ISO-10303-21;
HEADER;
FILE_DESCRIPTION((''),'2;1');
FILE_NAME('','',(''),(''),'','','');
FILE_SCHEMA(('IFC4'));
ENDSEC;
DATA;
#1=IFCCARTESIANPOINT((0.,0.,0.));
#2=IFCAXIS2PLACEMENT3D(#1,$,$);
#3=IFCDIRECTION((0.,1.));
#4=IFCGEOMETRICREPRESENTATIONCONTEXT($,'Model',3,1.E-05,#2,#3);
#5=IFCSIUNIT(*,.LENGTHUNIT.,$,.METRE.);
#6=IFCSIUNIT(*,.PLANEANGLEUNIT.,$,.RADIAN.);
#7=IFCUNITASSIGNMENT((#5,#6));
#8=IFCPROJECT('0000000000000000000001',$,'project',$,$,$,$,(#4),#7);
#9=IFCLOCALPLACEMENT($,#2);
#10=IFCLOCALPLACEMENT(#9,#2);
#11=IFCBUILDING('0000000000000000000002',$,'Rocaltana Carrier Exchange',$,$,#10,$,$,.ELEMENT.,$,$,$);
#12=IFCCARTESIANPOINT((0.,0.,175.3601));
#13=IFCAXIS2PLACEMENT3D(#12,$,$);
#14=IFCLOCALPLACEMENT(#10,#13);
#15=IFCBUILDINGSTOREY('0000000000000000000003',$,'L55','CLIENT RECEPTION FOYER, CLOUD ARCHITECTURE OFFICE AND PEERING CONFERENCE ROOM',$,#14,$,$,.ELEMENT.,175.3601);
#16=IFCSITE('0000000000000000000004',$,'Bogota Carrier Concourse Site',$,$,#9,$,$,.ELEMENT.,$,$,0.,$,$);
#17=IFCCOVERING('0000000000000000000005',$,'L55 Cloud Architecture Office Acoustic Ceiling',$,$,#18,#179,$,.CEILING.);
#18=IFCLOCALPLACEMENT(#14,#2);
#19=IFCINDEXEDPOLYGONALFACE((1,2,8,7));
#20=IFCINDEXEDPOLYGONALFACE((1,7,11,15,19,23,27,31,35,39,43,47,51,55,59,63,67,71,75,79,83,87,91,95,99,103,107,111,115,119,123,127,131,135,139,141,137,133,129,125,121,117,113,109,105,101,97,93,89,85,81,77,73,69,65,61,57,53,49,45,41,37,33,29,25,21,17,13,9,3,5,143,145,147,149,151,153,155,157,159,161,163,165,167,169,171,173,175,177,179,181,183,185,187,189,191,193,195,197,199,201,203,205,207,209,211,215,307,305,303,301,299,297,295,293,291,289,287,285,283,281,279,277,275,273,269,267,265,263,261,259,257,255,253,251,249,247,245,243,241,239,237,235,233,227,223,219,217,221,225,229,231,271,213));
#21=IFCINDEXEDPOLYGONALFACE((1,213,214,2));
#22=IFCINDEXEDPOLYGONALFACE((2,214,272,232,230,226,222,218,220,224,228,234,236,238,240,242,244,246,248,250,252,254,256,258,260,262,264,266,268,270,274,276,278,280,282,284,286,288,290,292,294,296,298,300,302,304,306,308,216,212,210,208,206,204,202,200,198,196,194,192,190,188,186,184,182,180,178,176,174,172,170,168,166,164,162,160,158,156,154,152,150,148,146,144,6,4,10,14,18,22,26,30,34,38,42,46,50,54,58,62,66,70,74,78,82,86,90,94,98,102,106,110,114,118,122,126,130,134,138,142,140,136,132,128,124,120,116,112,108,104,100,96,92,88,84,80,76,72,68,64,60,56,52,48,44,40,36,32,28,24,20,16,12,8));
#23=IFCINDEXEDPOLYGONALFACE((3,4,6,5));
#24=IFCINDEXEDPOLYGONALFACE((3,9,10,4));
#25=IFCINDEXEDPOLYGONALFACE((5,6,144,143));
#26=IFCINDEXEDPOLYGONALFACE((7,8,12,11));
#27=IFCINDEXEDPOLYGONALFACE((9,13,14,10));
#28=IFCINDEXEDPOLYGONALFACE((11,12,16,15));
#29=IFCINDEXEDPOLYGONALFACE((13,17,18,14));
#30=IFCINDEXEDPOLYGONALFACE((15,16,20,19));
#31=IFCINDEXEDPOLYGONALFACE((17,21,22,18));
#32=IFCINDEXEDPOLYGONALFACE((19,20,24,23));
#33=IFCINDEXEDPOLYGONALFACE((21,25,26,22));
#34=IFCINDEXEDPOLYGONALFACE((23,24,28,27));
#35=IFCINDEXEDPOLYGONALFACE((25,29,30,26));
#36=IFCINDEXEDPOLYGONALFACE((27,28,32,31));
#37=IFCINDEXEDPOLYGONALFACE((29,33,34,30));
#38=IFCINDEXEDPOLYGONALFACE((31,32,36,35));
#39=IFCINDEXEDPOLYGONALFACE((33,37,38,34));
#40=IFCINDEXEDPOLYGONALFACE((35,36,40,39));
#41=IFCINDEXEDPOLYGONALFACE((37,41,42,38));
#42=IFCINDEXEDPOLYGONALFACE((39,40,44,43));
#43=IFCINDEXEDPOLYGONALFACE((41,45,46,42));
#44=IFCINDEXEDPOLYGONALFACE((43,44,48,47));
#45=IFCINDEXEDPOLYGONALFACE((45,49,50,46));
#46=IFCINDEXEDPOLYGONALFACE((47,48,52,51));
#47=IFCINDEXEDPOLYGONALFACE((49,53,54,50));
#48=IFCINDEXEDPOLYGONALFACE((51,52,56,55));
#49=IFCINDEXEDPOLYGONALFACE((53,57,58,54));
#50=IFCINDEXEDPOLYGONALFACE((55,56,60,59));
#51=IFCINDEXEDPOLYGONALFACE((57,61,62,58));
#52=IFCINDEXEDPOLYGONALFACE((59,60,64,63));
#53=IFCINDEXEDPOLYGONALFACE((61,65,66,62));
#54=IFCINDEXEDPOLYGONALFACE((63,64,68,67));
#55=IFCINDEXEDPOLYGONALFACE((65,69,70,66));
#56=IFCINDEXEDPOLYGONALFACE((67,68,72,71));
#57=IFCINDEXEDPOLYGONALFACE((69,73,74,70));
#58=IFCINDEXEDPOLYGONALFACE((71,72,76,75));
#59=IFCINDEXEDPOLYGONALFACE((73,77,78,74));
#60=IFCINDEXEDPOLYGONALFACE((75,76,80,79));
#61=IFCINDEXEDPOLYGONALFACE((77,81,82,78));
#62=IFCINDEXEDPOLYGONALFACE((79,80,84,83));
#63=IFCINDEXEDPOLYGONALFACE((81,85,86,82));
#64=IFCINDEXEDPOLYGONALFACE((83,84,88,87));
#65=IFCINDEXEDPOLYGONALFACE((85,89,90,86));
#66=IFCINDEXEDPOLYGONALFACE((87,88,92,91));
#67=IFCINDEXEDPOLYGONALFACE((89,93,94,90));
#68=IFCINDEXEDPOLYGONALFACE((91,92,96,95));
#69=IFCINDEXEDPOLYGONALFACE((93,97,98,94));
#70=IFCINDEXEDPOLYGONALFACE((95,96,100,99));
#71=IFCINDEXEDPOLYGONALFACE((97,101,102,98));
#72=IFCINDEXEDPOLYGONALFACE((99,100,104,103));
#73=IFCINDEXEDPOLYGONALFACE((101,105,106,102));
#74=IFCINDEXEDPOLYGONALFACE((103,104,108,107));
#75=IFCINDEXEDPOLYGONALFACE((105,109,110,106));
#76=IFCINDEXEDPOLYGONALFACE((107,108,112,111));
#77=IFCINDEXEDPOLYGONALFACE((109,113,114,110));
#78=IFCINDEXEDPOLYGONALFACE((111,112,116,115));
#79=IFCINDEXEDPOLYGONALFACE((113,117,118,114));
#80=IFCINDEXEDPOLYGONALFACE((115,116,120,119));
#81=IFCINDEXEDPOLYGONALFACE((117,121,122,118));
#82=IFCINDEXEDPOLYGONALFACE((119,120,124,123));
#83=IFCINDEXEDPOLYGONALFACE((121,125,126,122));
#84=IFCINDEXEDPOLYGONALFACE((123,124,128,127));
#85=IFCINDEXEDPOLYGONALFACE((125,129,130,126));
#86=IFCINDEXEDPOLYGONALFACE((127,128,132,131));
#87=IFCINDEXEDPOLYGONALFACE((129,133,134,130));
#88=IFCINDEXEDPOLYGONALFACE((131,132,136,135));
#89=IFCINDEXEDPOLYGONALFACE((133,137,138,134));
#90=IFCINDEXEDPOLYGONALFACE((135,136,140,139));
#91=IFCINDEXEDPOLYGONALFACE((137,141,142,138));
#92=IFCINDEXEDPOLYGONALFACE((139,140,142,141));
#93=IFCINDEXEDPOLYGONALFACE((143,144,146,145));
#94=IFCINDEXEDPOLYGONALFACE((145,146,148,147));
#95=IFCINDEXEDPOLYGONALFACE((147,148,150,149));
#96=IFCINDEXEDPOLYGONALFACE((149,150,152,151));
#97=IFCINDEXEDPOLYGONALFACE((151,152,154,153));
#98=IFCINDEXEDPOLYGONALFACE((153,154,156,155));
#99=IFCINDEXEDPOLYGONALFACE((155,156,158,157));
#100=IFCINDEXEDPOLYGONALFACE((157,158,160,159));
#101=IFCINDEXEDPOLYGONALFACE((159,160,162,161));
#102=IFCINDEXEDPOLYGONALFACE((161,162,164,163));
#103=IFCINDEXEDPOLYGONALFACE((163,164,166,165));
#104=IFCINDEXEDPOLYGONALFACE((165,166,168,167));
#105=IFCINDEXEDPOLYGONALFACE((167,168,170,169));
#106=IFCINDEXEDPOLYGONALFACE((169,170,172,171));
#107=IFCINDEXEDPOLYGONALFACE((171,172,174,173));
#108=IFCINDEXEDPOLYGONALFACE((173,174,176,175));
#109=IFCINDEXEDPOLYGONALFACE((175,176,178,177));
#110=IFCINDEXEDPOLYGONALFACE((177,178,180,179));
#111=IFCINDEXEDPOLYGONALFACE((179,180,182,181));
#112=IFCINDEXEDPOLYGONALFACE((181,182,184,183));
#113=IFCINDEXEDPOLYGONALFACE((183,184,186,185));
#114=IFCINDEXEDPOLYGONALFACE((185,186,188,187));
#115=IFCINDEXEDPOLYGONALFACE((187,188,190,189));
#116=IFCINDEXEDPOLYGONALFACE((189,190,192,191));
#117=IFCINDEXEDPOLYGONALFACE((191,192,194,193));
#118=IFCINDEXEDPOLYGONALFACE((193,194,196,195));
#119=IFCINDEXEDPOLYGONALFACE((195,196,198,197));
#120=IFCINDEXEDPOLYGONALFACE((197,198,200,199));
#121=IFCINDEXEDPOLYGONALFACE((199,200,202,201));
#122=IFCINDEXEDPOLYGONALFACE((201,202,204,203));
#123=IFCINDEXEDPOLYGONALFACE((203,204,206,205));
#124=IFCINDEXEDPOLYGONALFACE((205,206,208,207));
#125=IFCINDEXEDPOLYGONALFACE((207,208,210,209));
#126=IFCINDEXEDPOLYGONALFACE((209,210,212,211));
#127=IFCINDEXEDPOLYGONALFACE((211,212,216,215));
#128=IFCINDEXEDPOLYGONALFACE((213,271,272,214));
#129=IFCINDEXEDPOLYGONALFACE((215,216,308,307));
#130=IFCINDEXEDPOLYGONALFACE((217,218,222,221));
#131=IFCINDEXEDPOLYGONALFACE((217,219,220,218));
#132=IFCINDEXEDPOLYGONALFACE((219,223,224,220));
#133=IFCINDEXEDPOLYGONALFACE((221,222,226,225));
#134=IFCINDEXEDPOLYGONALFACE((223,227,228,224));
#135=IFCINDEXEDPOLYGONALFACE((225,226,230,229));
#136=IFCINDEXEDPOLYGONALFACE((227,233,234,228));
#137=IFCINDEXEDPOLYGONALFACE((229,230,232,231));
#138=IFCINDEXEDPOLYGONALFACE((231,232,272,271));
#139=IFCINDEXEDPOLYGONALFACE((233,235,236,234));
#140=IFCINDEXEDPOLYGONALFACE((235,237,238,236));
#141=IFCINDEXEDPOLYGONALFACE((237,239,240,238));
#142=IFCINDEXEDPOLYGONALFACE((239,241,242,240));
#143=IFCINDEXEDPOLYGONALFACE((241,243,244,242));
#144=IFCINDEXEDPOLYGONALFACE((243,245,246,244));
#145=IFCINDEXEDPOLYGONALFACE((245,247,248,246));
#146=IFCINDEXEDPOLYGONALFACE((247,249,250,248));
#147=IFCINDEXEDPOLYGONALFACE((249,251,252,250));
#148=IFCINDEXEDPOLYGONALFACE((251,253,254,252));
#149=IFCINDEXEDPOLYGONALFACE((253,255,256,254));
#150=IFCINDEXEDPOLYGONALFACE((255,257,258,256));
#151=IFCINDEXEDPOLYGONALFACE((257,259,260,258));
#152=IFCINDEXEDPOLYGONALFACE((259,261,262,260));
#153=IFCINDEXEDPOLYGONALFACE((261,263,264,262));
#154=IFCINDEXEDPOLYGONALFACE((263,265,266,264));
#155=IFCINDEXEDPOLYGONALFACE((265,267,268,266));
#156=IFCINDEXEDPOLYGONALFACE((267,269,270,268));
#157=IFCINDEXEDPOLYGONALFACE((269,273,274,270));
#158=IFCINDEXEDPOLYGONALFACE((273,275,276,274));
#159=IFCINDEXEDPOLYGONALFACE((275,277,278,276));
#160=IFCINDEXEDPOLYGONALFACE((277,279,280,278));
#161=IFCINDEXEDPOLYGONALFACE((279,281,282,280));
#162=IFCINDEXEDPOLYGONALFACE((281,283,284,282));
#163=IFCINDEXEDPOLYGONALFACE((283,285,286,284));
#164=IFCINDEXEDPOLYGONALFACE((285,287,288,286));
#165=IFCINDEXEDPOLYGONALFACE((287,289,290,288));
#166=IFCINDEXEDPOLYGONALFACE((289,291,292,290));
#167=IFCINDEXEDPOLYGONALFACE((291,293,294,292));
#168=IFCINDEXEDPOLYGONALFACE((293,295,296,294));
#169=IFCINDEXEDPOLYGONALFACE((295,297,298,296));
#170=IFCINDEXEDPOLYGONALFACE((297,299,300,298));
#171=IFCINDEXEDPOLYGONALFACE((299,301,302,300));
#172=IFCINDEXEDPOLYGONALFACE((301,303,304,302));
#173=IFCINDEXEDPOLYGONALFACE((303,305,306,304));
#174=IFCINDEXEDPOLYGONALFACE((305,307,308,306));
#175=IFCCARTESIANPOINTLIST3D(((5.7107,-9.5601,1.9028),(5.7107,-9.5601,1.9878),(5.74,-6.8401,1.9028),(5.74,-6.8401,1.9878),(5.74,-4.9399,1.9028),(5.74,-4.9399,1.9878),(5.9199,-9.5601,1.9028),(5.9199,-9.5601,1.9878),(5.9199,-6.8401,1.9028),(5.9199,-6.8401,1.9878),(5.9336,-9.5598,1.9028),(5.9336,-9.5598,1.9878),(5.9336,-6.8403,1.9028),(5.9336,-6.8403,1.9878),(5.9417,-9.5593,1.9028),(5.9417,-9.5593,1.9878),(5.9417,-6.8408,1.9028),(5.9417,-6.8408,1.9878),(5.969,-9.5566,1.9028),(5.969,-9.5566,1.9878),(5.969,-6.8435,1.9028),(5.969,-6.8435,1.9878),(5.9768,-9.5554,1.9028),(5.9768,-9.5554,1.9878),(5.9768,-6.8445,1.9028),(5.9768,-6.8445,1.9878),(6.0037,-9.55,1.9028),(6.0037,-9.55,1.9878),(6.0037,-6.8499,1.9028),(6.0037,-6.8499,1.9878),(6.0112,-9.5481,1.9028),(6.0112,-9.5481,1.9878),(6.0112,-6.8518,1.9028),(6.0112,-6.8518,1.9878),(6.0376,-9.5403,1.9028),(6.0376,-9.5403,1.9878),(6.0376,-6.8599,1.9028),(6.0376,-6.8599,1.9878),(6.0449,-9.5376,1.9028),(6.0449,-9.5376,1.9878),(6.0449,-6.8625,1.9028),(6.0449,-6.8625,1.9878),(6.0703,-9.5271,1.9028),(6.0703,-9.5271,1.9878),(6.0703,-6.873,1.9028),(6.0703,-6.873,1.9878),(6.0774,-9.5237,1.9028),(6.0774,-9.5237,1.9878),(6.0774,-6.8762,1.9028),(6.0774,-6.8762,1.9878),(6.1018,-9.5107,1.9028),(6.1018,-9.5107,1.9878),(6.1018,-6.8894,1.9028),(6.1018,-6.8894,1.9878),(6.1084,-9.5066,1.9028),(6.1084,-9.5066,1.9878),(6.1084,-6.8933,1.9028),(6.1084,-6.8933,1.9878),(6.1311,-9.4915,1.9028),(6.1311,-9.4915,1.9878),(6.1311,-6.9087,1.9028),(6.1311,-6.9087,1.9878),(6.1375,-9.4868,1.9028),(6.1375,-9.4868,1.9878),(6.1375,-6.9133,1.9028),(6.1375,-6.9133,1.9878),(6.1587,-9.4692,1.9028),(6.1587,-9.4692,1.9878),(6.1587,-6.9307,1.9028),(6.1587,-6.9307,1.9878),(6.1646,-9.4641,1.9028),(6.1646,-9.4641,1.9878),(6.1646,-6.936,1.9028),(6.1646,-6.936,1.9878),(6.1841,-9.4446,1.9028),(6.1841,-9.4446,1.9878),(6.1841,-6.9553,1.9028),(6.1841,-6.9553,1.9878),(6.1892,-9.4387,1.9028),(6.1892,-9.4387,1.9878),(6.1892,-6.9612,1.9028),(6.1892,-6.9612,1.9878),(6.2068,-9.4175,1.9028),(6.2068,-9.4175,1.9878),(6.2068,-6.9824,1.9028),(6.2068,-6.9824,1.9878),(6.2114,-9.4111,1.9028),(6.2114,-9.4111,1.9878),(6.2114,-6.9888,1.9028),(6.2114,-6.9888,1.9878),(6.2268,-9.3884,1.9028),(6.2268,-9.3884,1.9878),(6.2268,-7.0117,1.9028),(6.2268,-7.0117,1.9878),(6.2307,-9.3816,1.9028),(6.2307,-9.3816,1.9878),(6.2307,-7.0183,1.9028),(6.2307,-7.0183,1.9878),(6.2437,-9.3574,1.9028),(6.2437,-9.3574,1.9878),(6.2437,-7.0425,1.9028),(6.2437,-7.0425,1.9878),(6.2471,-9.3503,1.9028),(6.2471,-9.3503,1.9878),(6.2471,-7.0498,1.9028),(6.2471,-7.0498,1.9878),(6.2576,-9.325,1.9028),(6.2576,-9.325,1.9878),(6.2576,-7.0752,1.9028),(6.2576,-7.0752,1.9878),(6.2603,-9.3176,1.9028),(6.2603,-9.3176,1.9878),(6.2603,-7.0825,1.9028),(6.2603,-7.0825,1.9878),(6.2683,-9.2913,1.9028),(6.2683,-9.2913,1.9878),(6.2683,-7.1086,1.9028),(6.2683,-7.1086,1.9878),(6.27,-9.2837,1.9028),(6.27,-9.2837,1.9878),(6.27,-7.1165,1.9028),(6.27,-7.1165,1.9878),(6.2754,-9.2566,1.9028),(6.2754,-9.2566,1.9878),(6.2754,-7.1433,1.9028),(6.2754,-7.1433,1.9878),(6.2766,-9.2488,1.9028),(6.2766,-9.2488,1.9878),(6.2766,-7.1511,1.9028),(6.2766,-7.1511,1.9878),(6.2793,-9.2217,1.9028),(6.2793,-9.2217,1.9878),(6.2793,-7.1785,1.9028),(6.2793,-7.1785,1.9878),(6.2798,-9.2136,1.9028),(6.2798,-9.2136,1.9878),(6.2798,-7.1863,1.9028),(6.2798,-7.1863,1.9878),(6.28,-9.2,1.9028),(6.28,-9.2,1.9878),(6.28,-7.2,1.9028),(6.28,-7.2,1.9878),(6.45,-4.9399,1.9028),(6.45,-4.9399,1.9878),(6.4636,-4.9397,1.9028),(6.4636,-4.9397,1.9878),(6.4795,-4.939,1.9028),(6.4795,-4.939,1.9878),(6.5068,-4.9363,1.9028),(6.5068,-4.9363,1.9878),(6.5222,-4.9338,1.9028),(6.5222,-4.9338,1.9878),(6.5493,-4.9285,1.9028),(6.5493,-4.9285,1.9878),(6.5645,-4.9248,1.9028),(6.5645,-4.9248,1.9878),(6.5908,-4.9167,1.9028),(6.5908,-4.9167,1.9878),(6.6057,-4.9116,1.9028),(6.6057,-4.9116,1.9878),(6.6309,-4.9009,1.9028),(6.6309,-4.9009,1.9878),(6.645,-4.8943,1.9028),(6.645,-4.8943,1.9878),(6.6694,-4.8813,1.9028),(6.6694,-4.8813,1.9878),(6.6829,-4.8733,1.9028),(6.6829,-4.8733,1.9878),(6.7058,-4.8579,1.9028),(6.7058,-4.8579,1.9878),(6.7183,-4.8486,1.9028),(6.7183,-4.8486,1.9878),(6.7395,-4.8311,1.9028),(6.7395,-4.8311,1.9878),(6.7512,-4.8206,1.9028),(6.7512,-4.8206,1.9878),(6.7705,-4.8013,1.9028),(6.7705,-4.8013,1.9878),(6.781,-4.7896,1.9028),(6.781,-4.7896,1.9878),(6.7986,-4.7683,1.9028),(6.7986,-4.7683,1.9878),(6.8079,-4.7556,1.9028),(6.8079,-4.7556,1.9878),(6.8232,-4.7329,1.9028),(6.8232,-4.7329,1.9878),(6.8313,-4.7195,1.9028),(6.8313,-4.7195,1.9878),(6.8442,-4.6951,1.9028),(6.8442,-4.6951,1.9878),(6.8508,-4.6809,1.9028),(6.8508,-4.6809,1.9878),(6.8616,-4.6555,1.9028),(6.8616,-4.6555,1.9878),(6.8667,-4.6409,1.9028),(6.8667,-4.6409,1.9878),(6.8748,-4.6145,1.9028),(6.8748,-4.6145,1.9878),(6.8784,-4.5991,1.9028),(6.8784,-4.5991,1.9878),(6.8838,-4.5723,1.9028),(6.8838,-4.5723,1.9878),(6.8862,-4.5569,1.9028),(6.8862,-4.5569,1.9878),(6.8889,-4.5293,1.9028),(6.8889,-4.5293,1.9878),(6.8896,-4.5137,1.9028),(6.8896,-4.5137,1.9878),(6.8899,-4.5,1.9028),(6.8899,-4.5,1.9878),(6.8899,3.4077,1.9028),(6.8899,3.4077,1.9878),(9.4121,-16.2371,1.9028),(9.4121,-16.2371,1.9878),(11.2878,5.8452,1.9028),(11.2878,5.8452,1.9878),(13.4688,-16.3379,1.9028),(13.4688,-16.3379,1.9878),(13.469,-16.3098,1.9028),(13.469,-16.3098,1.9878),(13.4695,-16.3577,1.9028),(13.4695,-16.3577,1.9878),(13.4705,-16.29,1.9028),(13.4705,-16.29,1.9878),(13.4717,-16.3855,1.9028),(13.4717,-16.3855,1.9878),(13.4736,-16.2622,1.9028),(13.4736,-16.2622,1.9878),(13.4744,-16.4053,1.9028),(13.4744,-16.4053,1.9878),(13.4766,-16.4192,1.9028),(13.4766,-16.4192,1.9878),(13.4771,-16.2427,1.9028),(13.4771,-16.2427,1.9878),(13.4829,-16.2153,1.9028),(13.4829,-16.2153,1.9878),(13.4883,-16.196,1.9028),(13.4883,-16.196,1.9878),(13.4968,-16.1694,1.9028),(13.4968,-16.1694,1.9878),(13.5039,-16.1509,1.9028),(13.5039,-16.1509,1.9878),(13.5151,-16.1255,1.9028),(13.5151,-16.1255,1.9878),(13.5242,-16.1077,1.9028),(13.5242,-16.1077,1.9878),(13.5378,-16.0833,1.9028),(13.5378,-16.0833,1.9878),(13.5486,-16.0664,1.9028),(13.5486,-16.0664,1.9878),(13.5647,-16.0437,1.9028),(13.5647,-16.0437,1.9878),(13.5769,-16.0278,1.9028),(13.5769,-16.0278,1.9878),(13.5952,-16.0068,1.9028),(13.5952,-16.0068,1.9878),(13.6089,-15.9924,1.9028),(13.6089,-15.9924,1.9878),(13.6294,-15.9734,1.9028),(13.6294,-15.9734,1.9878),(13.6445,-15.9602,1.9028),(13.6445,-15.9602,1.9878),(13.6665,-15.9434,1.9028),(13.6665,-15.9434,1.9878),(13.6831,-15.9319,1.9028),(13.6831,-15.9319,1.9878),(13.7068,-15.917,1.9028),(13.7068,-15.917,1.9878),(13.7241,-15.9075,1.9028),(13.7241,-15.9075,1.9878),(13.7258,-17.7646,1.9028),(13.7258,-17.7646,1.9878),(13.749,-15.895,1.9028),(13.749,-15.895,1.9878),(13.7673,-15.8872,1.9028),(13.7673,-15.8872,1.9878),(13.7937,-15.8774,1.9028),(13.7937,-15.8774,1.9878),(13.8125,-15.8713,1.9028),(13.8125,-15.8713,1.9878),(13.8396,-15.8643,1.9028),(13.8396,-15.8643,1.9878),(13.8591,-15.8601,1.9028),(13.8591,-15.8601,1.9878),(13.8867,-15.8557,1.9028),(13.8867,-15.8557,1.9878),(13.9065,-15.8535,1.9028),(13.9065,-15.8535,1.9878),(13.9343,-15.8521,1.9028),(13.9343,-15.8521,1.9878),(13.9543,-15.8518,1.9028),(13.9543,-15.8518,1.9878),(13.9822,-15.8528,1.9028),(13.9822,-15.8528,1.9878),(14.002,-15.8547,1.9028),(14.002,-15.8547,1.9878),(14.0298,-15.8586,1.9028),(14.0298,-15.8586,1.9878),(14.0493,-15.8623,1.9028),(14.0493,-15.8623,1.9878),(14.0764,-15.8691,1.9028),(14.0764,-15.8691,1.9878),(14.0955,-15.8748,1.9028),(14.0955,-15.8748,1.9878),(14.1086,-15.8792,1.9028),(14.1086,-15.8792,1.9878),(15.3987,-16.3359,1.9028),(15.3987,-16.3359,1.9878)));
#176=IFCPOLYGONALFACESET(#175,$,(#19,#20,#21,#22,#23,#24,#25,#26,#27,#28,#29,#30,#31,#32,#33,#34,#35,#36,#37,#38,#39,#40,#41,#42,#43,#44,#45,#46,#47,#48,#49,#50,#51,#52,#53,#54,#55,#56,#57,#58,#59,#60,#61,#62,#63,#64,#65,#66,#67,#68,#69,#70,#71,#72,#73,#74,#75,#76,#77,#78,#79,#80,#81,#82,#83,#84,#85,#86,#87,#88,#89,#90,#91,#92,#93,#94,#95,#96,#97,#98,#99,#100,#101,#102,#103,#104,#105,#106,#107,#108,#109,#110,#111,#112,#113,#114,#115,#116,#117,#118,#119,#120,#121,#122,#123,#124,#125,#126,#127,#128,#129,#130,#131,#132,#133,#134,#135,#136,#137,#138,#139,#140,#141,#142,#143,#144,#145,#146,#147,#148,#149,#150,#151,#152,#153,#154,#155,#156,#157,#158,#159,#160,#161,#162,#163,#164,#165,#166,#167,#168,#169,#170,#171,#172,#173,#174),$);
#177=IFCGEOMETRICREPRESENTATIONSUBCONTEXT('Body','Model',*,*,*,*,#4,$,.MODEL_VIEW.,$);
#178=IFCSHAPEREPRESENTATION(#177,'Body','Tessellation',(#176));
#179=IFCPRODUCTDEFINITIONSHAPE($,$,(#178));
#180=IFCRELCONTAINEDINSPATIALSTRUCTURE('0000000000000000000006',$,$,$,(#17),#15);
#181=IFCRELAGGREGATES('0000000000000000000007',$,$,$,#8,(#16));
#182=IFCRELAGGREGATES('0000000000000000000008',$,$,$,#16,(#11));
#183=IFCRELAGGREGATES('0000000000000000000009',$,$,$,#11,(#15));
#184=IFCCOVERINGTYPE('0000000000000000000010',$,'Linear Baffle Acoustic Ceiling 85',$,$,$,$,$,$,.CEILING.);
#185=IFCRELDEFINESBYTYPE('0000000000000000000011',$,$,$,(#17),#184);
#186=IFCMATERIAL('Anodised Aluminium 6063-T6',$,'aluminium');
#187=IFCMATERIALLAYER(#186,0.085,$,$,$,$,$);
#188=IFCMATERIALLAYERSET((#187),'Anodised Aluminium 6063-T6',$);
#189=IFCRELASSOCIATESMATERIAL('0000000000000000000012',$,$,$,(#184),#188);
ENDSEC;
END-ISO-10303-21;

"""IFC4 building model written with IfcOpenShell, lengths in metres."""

from ifc_helpers import new_model, si_unit, direction, frame, origin, place, context, subcontext, project, spatial, polyline, outline, extrude, material, layer, layer_set, type_object, element, save


model = new_model("IFC4")

# Units and contexts
model_context = context("Model", 3, precision=1e-05, world=origin(), true_north=direction((0.0, 1.0)))
body_context = subcontext(model_context, "Body", "Model", "MODEL_VIEW")
ifc_project = project(units=[si_unit("LENGTHUNIT", "METRE"), si_unit("PLANEANGLEUNIT", "RADIAN")], contexts=[model_context])

# Site, building, storey
site_placement = place(None, origin())
site = spatial("IfcSite", under=ifc_project, at=site_placement, Name="Bogota Carrier Concourse Site", CompositionType="ELEMENT", RefElevation=0.0)
building_placement = place(site_placement, origin())
building = spatial("IfcBuilding", under=site, at=building_placement, Name="Rocaltana Carrier Exchange", CompositionType="ELEMENT")
storey_placement = place(building_placement, frame((0.0, 0.0, 175.3601)))
storey = spatial("IfcBuildingStorey", under=building, at=storey_placement, Name="L55", Description="CLIENT RECEPTION FOYER, CLOUD ARCHITECTURE OFFICE AND PEERING CONFERENCE ROOM", CompositionType="ELEMENT", Elevation=175.3601)

# Covering
ifc_material_1 = material(Name="Anodised Aluminium 6063-T6", Category="aluminium")
ifc_layer_1 = layer(ifc_material_1, 0.085)
ifc_layer_set_1 = layer_set([ifc_layer_1], Name="Anodised Aluminium 6063-T6")
covering_type_1 = type_object("IfcCoveringType", Name="Linear Baffle Acoustic Ceiling 85", PredefinedType="CEILING", material=ifc_layer_set_1)
covering_1_placement = place(storey_placement, frame((0.0, 0.0, 1.9028)))
element("IfcCovering", 1, at=covering_1_placement, inside=storey, type_object=covering_type_1, Name="L55 Cloud Architecture Office Acoustic Ceiling", PredefinedType="CEILING", context=body_context, shape_type="SweptSolid", body=[
    extrude(outline(polyline([(5.74, -6.8401), (5.74, -4.9399), (6.45, -4.9399), (6.4636, -4.9397), (6.4795, -4.939), (6.5068, -4.9363), (6.5222, -4.9338), (6.5493, -4.9285), (6.5645, -4.9248), (6.5908, -4.9167), (6.6057, -4.9116), (6.6309, -4.9009), (6.645, -4.8943), (6.6694, -4.8813), (6.6829, -4.8733), (6.7058, -4.8579), (6.7183, -4.8486), (6.7395, -4.8311), (6.7512, -4.8206), (6.7705, -4.8013), (6.781, -4.7896), (6.7986, -4.7683), (6.8079, -4.7556), (6.8232, -4.7329), (6.8313, -4.7195), (6.8442, -4.6951), (6.8508, -4.6809), (6.8616, -4.6555), (6.8667, -4.6409), (6.8748, -4.6145), (6.8784, -4.5991), (6.8838, -4.5723), (6.8862, -4.5569), (6.8889, -4.5293), (6.8896, -4.5137), (6.8899, -4.5), (6.8899, 3.4077), (11.2878, 5.8452), (15.3987, -16.3359), (14.1086, -15.8792), (14.0955, -15.8748), (14.0764, -15.8691), (14.0493, -15.8623), (14.0298, -15.8586), (14.002, -15.8547), (13.9822, -15.8528), (13.9543, -15.8518), (13.9343, -15.8521), (13.9065, -15.8535), (13.8867, -15.8557), (13.8591, -15.8601), (13.8396, -15.8643), (13.8125, -15.8713), (13.7937, -15.8774), (13.7673, -15.8872), (13.749, -15.895), (13.7241, -15.9075), (13.7068, -15.917), (13.6831, -15.9319), (13.6665, -15.9434), (13.6445, -15.9602), (13.6294, -15.9734), (13.6089, -15.9924), (13.5952, -16.0068), (13.5769, -16.0278), (13.5647, -16.0437), (13.5486, -16.0664), (13.5378, -16.0833), (13.5242, -16.1077), (13.5151, -16.1255), (13.5039, -16.1509), (13.4968, -16.1694), (13.4883, -16.196), (13.4829, -16.2153), (13.4771, -16.2427), (13.4736, -16.2622), (13.4705, -16.29), (13.469, -16.3098), (13.4688, -16.3379), (13.4695, -16.3577), (13.4717, -16.3855), (13.4744, -16.4053), (13.4766, -16.4192), (13.7258, -17.7646), (9.4121, -16.2371), (5.7107, -9.5601), (5.9199, -9.5601), (5.9336, -9.5598), (5.9417, -9.5593), (5.969, -9.5566), (5.9768, -9.5554), (6.0037, -9.55), (6.0112, -9.5481), (6.0376, -9.5403), (6.0449, -9.5376), (6.0703, -9.5271), (6.0774, -9.5237), (6.1018, -9.5107), (6.1084, -9.5066), (6.1311, -9.4915), (6.1375, -9.4868), (6.1587, -9.4692), (6.1646, -9.4641), (6.1841, -9.4446), (6.1892, -9.4387), (6.2068, -9.4175), (6.2114, -9.4111), (6.2268, -9.3884), (6.2307, -9.3816), (6.2437, -9.3574), (6.2471, -9.3503), (6.2576, -9.325), (6.2603, -9.3176), (6.2683, -9.2913), (6.27, -9.2837), (6.2754, -9.2566), (6.2766, -9.2488), (6.2793, -9.2217), (6.2798, -9.2136), (6.28, -9.2), (6.28, -7.2), (6.2798, -7.1863), (6.2793, -7.1785), (6.2766, -7.1511), (6.2754, -7.1433), (6.27, -7.1165), (6.2683, -7.1086), (6.2603, -7.0825), (6.2576, -7.0752), (6.2471, -7.0498), (6.2437, -7.0425), (6.2307, -7.0183), (6.2268, -7.0117), (6.2114, -6.9888), (6.2068, -6.9824), (6.1892, -6.9612), (6.1841, -6.9553), (6.1646, -6.936), (6.1587, -6.9307), (6.1375, -6.9133), (6.1311, -6.9087), (6.1084, -6.8933), (6.1018, -6.8894), (6.0774, -6.8762), (6.0703, -6.873), (6.0449, -6.8625), (6.0376, -6.8599), (6.0112, -6.8518), (6.0037, -6.8499), (5.9768, -6.8445), (5.969, -6.8435), (5.9417, -6.8408), (5.9336, -6.8403), (5.9199, -6.8401), (5.74, -6.8401)])), origin(), (0.0, 0.0, 1.0), 0.085),
])

save(model, "model.ifc")
